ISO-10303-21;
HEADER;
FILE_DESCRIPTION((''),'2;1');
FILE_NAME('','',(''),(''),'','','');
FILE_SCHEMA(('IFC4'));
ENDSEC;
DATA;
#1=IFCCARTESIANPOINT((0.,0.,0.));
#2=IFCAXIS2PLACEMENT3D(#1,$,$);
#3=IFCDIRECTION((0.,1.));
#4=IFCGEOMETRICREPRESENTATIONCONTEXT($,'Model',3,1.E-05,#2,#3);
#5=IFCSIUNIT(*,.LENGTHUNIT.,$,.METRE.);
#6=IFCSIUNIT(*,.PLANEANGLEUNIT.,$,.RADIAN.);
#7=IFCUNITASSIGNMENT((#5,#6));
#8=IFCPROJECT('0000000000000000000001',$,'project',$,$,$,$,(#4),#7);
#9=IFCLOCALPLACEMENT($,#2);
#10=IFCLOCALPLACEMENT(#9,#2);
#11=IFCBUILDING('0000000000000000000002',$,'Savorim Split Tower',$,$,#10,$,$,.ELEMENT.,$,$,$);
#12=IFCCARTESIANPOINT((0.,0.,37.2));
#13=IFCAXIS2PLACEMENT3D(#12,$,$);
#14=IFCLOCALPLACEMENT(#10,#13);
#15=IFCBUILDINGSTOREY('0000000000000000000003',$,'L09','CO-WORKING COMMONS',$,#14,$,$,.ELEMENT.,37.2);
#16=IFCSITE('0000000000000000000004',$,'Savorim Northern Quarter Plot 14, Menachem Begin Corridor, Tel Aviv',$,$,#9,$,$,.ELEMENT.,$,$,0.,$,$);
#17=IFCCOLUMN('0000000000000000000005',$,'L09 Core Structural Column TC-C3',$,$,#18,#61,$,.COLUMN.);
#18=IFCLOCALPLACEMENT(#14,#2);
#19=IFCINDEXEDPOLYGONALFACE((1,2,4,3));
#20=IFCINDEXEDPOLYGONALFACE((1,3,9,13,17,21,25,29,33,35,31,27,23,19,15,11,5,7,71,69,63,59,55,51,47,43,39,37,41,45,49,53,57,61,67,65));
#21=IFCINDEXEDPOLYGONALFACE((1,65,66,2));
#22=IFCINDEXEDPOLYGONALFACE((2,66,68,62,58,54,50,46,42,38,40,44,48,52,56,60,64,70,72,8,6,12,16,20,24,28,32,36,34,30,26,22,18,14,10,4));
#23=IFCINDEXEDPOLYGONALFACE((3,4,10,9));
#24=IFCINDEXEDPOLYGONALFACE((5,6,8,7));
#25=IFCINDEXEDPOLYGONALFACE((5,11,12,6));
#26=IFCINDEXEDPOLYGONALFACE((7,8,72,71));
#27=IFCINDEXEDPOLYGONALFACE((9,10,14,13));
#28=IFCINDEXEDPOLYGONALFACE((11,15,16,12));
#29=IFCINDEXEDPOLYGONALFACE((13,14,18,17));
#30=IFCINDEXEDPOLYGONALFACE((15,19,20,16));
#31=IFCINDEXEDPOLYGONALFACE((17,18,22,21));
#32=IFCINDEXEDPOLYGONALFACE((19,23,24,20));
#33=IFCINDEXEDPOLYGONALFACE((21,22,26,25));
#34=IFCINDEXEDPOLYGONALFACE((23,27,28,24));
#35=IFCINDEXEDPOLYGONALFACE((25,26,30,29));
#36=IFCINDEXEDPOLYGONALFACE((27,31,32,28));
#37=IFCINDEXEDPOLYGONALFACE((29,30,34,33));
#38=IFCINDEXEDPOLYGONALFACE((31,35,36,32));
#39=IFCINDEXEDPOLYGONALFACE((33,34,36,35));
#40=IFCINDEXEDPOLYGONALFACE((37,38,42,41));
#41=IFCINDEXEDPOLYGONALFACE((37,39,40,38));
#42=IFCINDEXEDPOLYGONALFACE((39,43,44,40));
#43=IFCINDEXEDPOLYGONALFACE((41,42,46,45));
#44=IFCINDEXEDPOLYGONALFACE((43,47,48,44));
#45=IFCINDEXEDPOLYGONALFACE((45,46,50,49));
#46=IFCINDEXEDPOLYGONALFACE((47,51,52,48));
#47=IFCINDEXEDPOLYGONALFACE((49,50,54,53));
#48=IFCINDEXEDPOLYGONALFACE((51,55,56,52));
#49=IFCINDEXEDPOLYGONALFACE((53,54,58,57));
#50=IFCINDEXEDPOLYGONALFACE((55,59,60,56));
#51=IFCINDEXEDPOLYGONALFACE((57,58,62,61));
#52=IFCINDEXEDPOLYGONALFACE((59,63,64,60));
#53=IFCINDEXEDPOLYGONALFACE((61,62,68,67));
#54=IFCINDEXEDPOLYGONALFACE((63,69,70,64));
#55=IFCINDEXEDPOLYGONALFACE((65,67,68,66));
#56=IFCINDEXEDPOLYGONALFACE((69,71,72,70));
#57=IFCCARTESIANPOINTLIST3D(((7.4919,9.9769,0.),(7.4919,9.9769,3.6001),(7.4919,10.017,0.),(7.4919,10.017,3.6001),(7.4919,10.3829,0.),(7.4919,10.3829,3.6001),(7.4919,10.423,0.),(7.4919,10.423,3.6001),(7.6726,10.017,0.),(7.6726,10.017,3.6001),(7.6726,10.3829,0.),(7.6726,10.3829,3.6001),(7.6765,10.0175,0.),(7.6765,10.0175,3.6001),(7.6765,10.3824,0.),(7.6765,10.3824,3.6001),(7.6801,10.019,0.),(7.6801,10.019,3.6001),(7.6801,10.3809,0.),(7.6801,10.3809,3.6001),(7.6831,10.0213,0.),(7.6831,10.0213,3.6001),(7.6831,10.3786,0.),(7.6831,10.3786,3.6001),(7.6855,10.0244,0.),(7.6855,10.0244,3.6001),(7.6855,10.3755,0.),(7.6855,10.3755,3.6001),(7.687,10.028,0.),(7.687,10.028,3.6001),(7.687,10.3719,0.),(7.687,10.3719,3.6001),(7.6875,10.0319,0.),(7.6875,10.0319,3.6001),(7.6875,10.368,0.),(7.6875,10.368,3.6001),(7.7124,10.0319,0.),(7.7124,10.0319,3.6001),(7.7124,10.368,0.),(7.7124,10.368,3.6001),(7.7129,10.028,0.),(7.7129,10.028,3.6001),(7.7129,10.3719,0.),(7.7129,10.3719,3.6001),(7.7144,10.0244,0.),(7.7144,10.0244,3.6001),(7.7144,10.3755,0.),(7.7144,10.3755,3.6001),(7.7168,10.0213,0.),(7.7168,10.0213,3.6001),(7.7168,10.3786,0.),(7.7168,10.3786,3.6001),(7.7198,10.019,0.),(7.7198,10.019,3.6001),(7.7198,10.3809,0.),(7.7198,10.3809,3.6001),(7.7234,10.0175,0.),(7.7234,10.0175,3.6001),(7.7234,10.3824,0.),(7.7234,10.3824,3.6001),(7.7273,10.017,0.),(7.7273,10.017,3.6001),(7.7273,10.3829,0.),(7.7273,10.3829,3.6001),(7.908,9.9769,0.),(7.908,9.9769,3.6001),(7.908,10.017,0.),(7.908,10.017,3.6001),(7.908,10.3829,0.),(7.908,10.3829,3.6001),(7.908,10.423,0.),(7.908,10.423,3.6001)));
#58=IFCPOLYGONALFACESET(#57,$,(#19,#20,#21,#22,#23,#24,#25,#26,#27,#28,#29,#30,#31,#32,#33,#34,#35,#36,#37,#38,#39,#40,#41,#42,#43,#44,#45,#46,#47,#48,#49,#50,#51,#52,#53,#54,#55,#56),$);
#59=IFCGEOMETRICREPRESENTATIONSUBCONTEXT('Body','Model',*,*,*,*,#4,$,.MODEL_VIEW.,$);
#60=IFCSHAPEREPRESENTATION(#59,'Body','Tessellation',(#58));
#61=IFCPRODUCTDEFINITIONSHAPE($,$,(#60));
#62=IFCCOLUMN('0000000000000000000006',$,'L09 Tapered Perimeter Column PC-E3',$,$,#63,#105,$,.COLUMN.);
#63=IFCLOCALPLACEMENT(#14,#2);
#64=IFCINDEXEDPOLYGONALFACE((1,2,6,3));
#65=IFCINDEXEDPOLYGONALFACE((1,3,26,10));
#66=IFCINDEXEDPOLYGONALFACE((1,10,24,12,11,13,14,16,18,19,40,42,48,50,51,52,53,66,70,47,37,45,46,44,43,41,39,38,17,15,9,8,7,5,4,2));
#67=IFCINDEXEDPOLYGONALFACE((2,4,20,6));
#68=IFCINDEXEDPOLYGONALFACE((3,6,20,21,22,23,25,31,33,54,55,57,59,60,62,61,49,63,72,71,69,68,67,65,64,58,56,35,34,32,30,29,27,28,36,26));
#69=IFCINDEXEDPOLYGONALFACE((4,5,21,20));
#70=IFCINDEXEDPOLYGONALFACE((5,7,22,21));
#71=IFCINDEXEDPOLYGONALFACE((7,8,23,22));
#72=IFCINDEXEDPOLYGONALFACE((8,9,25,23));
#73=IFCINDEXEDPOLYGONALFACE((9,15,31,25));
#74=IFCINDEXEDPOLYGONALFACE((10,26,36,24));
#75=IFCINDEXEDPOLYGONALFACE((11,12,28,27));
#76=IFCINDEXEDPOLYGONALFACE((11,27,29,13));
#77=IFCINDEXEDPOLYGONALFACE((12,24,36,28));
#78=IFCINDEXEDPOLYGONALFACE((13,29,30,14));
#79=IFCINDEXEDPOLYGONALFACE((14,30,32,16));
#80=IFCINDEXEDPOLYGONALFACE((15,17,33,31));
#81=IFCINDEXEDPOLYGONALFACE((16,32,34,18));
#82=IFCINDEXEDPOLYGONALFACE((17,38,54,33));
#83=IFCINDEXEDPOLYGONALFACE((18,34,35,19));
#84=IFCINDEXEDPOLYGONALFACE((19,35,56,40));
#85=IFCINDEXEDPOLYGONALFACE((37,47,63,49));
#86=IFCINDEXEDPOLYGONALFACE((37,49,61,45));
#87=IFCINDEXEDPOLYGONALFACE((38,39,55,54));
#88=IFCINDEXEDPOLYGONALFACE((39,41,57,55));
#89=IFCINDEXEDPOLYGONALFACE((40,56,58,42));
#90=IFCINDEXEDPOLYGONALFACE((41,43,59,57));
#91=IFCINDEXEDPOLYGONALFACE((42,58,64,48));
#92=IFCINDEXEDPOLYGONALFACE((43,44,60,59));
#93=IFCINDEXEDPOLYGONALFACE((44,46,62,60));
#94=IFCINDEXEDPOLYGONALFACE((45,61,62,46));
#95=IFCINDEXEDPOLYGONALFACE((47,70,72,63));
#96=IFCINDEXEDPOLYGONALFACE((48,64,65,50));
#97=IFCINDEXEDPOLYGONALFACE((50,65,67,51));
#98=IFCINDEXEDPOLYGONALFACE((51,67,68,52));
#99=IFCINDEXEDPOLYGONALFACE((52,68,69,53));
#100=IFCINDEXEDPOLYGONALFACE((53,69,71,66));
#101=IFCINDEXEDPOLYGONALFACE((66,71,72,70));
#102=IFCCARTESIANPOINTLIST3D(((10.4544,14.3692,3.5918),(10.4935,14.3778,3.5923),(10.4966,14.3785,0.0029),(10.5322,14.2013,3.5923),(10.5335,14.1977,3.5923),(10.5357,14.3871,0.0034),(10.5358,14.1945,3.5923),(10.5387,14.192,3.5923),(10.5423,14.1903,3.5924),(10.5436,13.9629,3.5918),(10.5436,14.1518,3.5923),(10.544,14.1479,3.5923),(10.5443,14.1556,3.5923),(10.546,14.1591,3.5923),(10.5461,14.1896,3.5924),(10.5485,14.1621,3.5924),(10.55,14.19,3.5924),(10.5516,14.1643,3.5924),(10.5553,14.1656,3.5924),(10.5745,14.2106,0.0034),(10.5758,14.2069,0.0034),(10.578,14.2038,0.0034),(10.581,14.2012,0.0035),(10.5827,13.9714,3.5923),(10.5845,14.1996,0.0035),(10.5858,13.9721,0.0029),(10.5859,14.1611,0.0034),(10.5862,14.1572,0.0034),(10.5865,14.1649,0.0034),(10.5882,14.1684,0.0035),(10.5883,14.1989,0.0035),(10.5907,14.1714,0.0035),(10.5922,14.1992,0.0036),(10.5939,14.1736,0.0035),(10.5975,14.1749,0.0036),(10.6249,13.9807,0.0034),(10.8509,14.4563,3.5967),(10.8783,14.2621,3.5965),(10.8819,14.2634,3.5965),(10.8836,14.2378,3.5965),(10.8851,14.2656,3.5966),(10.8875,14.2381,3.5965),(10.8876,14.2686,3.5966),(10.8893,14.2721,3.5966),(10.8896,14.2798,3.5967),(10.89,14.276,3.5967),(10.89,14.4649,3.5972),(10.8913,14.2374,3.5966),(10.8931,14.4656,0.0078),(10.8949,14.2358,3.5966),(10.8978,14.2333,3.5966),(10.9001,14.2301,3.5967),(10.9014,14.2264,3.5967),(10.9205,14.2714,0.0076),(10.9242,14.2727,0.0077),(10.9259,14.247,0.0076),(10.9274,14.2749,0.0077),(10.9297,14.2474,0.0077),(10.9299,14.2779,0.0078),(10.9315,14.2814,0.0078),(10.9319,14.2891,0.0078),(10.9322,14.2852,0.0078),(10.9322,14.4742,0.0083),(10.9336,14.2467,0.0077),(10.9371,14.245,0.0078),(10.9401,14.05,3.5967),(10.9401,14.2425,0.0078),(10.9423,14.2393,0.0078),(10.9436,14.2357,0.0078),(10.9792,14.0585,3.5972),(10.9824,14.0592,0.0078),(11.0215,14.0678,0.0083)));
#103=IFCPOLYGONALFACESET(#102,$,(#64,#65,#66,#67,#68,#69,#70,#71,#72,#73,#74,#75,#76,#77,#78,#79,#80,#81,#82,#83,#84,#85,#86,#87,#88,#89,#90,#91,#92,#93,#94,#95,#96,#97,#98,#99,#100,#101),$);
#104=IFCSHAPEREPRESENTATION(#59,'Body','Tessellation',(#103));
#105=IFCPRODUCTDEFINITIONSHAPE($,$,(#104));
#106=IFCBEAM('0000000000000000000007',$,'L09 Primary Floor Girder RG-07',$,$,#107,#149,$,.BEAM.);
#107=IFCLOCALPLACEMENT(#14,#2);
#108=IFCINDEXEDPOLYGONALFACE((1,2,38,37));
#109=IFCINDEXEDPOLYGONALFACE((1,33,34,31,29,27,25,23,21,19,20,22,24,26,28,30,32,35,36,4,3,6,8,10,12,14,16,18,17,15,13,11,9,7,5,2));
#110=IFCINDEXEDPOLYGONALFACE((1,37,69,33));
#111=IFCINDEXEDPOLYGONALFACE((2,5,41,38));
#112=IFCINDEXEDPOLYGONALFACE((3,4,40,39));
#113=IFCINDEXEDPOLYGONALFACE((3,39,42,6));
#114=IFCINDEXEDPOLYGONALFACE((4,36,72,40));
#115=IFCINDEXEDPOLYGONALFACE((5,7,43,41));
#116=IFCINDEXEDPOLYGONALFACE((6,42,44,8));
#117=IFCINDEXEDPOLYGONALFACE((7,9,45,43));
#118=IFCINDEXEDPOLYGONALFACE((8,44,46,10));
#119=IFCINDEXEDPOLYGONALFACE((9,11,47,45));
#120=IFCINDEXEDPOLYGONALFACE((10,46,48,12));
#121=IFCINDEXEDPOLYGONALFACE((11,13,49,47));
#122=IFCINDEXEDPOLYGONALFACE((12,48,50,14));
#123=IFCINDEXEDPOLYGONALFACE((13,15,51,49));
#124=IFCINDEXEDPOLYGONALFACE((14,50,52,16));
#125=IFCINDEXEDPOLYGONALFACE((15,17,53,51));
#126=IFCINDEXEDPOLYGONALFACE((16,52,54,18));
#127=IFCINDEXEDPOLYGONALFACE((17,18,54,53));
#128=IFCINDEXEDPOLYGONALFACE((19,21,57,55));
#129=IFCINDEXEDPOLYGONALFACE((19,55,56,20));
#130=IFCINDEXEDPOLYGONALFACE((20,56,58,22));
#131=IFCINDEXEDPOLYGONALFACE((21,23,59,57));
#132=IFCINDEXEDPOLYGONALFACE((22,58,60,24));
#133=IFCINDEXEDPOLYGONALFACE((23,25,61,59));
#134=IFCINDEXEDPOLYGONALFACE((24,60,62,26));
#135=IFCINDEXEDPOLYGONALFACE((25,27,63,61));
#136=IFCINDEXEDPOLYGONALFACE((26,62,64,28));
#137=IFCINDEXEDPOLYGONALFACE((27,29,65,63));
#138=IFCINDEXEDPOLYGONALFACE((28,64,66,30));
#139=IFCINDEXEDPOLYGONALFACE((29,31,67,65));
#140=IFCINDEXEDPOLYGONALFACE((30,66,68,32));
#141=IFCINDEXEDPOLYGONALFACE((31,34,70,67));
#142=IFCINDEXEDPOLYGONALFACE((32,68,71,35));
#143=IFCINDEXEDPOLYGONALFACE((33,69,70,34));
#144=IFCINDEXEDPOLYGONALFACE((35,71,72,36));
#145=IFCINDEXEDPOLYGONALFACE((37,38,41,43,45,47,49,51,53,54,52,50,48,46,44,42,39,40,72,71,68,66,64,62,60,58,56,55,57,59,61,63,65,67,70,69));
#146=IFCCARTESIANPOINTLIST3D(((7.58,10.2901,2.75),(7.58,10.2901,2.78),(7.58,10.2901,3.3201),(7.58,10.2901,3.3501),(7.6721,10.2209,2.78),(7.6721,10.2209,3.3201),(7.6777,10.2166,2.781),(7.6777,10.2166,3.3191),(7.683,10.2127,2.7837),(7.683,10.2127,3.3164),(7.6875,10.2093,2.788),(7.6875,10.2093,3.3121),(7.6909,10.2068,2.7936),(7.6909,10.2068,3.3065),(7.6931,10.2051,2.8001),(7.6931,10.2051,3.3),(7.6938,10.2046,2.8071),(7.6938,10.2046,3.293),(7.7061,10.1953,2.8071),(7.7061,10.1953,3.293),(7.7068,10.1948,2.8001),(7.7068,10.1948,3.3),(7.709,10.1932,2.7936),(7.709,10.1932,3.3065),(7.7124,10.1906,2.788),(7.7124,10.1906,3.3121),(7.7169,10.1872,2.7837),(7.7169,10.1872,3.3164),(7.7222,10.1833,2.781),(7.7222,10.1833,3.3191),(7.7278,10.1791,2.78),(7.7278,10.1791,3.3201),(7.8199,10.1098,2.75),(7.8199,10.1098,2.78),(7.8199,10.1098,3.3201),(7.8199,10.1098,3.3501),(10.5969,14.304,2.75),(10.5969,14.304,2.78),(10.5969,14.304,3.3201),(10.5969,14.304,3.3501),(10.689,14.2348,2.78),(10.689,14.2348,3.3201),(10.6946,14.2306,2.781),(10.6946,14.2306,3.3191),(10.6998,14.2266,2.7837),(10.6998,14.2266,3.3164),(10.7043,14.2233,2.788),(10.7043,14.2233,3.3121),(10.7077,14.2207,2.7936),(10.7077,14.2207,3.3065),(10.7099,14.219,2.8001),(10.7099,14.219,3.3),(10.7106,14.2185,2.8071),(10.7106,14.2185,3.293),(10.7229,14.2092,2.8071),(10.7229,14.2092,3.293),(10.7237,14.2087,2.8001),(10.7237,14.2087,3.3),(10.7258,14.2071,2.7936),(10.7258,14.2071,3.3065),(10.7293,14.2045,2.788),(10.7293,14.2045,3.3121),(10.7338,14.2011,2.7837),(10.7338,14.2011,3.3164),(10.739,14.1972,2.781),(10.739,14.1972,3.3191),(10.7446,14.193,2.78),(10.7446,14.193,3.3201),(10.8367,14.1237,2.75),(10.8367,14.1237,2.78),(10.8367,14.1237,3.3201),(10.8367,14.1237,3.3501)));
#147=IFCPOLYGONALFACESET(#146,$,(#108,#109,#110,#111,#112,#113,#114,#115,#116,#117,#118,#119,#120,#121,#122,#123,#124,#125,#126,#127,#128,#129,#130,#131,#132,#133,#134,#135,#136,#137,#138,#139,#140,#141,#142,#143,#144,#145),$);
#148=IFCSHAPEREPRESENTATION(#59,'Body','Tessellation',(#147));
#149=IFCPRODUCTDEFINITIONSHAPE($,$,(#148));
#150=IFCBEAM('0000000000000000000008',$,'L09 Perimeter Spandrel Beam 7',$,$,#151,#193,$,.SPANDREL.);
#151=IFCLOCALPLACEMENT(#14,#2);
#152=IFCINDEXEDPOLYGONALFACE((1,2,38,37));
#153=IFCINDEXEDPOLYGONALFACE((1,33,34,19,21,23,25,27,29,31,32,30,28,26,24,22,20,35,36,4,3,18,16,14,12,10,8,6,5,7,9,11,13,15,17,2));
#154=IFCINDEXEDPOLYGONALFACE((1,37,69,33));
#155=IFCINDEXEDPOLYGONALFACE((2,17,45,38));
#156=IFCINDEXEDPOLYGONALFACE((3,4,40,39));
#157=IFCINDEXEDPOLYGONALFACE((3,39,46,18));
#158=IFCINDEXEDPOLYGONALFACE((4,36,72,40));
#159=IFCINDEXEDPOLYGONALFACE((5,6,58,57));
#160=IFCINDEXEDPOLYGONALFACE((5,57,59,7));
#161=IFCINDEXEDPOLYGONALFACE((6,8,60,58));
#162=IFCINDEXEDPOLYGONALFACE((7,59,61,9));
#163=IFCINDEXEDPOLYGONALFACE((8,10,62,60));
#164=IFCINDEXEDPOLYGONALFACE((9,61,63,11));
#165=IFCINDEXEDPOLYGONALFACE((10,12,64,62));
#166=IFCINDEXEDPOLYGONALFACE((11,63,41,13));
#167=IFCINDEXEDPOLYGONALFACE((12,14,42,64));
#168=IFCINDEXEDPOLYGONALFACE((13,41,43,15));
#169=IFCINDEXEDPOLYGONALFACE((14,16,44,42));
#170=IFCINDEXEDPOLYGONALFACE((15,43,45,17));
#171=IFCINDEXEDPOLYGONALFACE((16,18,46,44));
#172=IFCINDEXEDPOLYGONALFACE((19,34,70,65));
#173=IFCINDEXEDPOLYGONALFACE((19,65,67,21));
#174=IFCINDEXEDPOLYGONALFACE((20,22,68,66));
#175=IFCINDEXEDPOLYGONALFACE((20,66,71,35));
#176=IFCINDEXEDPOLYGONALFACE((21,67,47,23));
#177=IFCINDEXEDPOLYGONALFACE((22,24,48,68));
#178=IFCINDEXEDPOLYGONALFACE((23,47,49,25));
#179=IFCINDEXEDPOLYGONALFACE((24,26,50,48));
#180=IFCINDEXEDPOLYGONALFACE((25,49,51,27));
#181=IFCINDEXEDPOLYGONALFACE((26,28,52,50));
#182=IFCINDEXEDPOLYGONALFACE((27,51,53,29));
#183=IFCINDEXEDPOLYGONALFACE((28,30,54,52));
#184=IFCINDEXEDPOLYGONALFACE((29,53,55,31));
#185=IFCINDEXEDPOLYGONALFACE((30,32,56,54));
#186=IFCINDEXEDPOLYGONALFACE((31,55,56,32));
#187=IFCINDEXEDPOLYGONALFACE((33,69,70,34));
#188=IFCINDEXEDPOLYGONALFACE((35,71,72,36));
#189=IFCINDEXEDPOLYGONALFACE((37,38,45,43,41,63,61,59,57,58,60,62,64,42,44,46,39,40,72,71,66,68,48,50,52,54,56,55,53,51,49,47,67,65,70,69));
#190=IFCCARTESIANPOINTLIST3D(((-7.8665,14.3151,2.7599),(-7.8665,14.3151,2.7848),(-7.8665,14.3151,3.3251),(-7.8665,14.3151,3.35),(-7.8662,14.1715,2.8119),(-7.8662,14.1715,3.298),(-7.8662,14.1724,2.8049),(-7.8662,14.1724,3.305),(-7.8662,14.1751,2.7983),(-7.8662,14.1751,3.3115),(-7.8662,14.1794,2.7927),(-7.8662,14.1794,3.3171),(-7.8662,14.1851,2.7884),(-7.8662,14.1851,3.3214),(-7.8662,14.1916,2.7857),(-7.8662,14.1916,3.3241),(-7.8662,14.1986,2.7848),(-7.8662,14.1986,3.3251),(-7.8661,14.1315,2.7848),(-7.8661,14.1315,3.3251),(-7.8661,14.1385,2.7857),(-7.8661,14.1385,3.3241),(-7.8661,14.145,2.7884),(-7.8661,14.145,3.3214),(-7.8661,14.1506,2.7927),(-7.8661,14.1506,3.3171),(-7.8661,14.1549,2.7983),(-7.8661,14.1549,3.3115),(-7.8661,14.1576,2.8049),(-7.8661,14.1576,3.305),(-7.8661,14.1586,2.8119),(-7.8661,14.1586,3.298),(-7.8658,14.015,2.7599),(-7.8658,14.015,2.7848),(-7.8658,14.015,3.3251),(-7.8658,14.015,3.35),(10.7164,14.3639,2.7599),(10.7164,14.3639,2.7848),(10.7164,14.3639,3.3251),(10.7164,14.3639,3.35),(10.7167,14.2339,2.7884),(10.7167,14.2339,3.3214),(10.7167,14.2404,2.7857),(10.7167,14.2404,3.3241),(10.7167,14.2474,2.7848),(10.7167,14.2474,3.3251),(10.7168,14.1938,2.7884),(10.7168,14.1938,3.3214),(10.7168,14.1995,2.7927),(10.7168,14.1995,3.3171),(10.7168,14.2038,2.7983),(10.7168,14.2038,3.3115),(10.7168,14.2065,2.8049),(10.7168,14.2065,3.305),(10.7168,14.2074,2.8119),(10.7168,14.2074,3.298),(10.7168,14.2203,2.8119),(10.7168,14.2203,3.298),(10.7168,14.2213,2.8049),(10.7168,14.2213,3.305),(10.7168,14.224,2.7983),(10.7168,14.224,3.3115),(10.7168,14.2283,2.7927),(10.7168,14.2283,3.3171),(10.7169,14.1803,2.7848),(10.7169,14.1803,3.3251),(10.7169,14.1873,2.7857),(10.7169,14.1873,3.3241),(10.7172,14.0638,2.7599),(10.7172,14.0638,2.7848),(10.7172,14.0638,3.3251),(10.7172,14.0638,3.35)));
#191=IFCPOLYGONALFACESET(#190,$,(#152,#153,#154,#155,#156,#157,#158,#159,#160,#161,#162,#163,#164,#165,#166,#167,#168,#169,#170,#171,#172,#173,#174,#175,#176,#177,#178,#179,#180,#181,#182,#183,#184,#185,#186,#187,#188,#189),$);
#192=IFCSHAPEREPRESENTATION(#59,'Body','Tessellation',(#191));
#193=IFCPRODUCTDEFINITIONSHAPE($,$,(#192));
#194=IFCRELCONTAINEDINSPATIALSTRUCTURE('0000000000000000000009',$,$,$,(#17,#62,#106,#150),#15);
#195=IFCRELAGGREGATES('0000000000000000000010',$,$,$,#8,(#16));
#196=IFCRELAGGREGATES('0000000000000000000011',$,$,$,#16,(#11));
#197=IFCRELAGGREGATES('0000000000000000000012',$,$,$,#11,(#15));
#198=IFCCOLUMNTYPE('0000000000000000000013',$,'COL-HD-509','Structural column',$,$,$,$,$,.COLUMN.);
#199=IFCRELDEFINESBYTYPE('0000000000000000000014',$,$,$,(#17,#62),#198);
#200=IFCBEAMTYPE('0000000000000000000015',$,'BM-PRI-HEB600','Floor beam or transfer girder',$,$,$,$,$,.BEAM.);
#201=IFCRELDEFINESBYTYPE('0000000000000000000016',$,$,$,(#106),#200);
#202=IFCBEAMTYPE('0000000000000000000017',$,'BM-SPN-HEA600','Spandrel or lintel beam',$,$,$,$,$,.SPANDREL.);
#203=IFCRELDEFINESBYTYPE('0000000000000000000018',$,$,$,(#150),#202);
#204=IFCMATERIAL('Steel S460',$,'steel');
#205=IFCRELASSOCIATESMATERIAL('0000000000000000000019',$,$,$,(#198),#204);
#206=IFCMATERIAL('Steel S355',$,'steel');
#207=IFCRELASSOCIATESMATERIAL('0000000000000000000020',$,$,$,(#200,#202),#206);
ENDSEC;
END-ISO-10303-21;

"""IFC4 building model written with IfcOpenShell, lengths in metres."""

from ifc_helpers import new_model, si_unit, direction, frame, origin, origin_2d, place, context, subcontext, project, spatial, i_section, extrude, material, material_profile, profile_set, type_object, element, save


model = new_model("IFC4")

# Units and contexts
model_context = context("Model", 3, precision=1e-05, world=origin(), true_north=direction((0.0, 1.0)))
body_context = subcontext(model_context, "Body", "Model", "MODEL_VIEW")
ifc_project = project(units=[si_unit("LENGTHUNIT", "METRE"), si_unit("PLANEANGLEUNIT", "RADIAN")], contexts=[model_context])

# Site, building, storey
site_placement = place(None, origin())
site = spatial("IfcSite", under=ifc_project, at=site_placement, Name="Savorim Northern Quarter Plot 14, Menachem Begin Corridor, Tel Aviv", CompositionType="ELEMENT", RefElevation=0.0)
building_placement = place(site_placement, origin())
building = spatial("IfcBuilding", under=site, at=building_placement, Name="Savorim Split Tower", CompositionType="ELEMENT")
storey_placement = place(building_placement, frame((0.0, 0.0, 37.2)))
storey = spatial("IfcBuildingStorey", under=building, at=storey_placement, Name="L09", Description="CO-WORKING COMMONS", CompositionType="ELEMENT", Elevation=37.2)

# Columns
ifc_material_1 = material(Name="Steel S460", Category="steel")
ifc_material_profile_1 = material_profile(ifc_material_1, i_section(OverallWidth=0.416, OverallDepth=0.446, WebThickness=0.0249, FlangeThickness=0.04, FilletRadius=0.0149, at=origin_2d()), Name="HD 400x509")
ifc_profile_set_1 = profile_set([ifc_material_profile_1], Name="Steel S460")
column_type = type_object("IfcColumnType", Name="COL-HD-509", Description="Structural column", PredefinedType="COLUMN", material=ifc_profile_set_1)
column_1_placement = place(storey_placement, frame((7.7, 10.2, 0.0), z_axis=(0.0, 0.0, 1.0), x_axis=(1.0, 0.0, 0.0)))
element("IfcColumn", 1, at=column_1_placement, inside=storey, type_object=column_type, Name="L09 Core Structural Column TC-C3", PredefinedType="COLUMN", context=body_context, shape_type="SweptSolid", body=[
    extrude(i_section(OverallWidth=0.416, OverallDepth=0.446, WebThickness=0.0249, FlangeThickness=0.04, FilletRadius=0.0149, at=origin_2d()), origin(), (0.0, 0.0, 1.0), 3.6001),
])
column_2_placement = place(storey_placement, frame((10.759, 14.2231, 0.0056), z_axis=(-0.011768, -0.002585, 0.999927), x_axis=(0.214539, -0.976715, 0.0)))
element("IfcColumn", 2, at=column_2_placement, inside=storey, type_object=column_type, Name="L09 Tapered Perimeter Column PC-E3", PredefinedType="COLUMN", context=body_context, shape_type="SweptSolid", body=[
    extrude(i_section(OverallWidth=0.416, OverallDepth=0.446, WebThickness=0.0249, FlangeThickness=0.04, FilletRadius=0.0149, at=origin_2d()), origin(), (0.0, 0.0, 1.0), 3.5891),
])

# Beams
ifc_material_2 = material(Name="Steel S355", Category="steel")
ifc_material_profile_2 = material_profile(ifc_material_2, i_section(OverallWidth=0.3, OverallDepth=0.6001, WebThickness=0.0154, FlangeThickness=0.03, FilletRadius=0.0271, at=origin_2d()), Name="HEB 600")
ifc_profile_set_2 = profile_set([ifc_material_profile_2], Name="Steel S355")
beam_type_1 = type_object("IfcBeamType", Name="BM-PRI-HEB600", Description="Floor beam or transfer girder", PredefinedType="BEAM", material=ifc_profile_set_2)
beam_1_placement = place(storey_placement, frame((10.7168, 14.2139, 3.05), z_axis=(-0.600817, -0.799387, 0.0), x_axis=(0.799387, -0.600817, 0.0)))
element("IfcBeam", 3, at=beam_1_placement, inside=storey, type_object=beam_type_1, Name="L09 Primary Floor Girder RG-07", PredefinedType="BEAM", context=body_context, shape_type="SweptSolid", body=[
    extrude(i_section(OverallWidth=0.3, OverallDepth=0.6001, WebThickness=0.0154, FlangeThickness=0.03, FilletRadius=0.0271, at=origin_2d()), origin(), (0.0, 0.0, 1.0), 5.0212),
])
ifc_material_profile_3 = material_profile(ifc_material_2, i_section(OverallWidth=0.3, OverallDepth=0.5901, WebThickness=0.0129, FlangeThickness=0.0249, FilletRadius=0.0271, at=origin_2d()), Name="HEA 600")
ifc_profile_set_3 = profile_set([ifc_material_profile_3], Name="Steel S355")
beam_type_2 = type_object("IfcBeamType", Name="BM-SPN-HEA600", Description="Spandrel or lintel beam", PredefinedType="SPANDREL", material=ifc_profile_set_3)
beam_2_placement = place(storey_placement, frame((10.7168, 14.2139, 3.0549), z_axis=(-0.999997, -0.002628, 0.0), x_axis=(0.002628, -0.999997, 0.0)))
element("IfcBeam", 4, at=beam_2_placement, inside=storey, type_object=beam_type_2, Name="L09 Perimeter Spandrel Beam 7", PredefinedType="SPANDREL", context=body_context, shape_type="SweptSolid", body=[
    extrude(i_section(OverallWidth=0.3, OverallDepth=0.5901, WebThickness=0.0129, FlangeThickness=0.0249, FilletRadius=0.0271, at=origin_2d()), origin(), (0.0, 0.0, 1.0), 18.583),
])

save(model, "model.ifc")
